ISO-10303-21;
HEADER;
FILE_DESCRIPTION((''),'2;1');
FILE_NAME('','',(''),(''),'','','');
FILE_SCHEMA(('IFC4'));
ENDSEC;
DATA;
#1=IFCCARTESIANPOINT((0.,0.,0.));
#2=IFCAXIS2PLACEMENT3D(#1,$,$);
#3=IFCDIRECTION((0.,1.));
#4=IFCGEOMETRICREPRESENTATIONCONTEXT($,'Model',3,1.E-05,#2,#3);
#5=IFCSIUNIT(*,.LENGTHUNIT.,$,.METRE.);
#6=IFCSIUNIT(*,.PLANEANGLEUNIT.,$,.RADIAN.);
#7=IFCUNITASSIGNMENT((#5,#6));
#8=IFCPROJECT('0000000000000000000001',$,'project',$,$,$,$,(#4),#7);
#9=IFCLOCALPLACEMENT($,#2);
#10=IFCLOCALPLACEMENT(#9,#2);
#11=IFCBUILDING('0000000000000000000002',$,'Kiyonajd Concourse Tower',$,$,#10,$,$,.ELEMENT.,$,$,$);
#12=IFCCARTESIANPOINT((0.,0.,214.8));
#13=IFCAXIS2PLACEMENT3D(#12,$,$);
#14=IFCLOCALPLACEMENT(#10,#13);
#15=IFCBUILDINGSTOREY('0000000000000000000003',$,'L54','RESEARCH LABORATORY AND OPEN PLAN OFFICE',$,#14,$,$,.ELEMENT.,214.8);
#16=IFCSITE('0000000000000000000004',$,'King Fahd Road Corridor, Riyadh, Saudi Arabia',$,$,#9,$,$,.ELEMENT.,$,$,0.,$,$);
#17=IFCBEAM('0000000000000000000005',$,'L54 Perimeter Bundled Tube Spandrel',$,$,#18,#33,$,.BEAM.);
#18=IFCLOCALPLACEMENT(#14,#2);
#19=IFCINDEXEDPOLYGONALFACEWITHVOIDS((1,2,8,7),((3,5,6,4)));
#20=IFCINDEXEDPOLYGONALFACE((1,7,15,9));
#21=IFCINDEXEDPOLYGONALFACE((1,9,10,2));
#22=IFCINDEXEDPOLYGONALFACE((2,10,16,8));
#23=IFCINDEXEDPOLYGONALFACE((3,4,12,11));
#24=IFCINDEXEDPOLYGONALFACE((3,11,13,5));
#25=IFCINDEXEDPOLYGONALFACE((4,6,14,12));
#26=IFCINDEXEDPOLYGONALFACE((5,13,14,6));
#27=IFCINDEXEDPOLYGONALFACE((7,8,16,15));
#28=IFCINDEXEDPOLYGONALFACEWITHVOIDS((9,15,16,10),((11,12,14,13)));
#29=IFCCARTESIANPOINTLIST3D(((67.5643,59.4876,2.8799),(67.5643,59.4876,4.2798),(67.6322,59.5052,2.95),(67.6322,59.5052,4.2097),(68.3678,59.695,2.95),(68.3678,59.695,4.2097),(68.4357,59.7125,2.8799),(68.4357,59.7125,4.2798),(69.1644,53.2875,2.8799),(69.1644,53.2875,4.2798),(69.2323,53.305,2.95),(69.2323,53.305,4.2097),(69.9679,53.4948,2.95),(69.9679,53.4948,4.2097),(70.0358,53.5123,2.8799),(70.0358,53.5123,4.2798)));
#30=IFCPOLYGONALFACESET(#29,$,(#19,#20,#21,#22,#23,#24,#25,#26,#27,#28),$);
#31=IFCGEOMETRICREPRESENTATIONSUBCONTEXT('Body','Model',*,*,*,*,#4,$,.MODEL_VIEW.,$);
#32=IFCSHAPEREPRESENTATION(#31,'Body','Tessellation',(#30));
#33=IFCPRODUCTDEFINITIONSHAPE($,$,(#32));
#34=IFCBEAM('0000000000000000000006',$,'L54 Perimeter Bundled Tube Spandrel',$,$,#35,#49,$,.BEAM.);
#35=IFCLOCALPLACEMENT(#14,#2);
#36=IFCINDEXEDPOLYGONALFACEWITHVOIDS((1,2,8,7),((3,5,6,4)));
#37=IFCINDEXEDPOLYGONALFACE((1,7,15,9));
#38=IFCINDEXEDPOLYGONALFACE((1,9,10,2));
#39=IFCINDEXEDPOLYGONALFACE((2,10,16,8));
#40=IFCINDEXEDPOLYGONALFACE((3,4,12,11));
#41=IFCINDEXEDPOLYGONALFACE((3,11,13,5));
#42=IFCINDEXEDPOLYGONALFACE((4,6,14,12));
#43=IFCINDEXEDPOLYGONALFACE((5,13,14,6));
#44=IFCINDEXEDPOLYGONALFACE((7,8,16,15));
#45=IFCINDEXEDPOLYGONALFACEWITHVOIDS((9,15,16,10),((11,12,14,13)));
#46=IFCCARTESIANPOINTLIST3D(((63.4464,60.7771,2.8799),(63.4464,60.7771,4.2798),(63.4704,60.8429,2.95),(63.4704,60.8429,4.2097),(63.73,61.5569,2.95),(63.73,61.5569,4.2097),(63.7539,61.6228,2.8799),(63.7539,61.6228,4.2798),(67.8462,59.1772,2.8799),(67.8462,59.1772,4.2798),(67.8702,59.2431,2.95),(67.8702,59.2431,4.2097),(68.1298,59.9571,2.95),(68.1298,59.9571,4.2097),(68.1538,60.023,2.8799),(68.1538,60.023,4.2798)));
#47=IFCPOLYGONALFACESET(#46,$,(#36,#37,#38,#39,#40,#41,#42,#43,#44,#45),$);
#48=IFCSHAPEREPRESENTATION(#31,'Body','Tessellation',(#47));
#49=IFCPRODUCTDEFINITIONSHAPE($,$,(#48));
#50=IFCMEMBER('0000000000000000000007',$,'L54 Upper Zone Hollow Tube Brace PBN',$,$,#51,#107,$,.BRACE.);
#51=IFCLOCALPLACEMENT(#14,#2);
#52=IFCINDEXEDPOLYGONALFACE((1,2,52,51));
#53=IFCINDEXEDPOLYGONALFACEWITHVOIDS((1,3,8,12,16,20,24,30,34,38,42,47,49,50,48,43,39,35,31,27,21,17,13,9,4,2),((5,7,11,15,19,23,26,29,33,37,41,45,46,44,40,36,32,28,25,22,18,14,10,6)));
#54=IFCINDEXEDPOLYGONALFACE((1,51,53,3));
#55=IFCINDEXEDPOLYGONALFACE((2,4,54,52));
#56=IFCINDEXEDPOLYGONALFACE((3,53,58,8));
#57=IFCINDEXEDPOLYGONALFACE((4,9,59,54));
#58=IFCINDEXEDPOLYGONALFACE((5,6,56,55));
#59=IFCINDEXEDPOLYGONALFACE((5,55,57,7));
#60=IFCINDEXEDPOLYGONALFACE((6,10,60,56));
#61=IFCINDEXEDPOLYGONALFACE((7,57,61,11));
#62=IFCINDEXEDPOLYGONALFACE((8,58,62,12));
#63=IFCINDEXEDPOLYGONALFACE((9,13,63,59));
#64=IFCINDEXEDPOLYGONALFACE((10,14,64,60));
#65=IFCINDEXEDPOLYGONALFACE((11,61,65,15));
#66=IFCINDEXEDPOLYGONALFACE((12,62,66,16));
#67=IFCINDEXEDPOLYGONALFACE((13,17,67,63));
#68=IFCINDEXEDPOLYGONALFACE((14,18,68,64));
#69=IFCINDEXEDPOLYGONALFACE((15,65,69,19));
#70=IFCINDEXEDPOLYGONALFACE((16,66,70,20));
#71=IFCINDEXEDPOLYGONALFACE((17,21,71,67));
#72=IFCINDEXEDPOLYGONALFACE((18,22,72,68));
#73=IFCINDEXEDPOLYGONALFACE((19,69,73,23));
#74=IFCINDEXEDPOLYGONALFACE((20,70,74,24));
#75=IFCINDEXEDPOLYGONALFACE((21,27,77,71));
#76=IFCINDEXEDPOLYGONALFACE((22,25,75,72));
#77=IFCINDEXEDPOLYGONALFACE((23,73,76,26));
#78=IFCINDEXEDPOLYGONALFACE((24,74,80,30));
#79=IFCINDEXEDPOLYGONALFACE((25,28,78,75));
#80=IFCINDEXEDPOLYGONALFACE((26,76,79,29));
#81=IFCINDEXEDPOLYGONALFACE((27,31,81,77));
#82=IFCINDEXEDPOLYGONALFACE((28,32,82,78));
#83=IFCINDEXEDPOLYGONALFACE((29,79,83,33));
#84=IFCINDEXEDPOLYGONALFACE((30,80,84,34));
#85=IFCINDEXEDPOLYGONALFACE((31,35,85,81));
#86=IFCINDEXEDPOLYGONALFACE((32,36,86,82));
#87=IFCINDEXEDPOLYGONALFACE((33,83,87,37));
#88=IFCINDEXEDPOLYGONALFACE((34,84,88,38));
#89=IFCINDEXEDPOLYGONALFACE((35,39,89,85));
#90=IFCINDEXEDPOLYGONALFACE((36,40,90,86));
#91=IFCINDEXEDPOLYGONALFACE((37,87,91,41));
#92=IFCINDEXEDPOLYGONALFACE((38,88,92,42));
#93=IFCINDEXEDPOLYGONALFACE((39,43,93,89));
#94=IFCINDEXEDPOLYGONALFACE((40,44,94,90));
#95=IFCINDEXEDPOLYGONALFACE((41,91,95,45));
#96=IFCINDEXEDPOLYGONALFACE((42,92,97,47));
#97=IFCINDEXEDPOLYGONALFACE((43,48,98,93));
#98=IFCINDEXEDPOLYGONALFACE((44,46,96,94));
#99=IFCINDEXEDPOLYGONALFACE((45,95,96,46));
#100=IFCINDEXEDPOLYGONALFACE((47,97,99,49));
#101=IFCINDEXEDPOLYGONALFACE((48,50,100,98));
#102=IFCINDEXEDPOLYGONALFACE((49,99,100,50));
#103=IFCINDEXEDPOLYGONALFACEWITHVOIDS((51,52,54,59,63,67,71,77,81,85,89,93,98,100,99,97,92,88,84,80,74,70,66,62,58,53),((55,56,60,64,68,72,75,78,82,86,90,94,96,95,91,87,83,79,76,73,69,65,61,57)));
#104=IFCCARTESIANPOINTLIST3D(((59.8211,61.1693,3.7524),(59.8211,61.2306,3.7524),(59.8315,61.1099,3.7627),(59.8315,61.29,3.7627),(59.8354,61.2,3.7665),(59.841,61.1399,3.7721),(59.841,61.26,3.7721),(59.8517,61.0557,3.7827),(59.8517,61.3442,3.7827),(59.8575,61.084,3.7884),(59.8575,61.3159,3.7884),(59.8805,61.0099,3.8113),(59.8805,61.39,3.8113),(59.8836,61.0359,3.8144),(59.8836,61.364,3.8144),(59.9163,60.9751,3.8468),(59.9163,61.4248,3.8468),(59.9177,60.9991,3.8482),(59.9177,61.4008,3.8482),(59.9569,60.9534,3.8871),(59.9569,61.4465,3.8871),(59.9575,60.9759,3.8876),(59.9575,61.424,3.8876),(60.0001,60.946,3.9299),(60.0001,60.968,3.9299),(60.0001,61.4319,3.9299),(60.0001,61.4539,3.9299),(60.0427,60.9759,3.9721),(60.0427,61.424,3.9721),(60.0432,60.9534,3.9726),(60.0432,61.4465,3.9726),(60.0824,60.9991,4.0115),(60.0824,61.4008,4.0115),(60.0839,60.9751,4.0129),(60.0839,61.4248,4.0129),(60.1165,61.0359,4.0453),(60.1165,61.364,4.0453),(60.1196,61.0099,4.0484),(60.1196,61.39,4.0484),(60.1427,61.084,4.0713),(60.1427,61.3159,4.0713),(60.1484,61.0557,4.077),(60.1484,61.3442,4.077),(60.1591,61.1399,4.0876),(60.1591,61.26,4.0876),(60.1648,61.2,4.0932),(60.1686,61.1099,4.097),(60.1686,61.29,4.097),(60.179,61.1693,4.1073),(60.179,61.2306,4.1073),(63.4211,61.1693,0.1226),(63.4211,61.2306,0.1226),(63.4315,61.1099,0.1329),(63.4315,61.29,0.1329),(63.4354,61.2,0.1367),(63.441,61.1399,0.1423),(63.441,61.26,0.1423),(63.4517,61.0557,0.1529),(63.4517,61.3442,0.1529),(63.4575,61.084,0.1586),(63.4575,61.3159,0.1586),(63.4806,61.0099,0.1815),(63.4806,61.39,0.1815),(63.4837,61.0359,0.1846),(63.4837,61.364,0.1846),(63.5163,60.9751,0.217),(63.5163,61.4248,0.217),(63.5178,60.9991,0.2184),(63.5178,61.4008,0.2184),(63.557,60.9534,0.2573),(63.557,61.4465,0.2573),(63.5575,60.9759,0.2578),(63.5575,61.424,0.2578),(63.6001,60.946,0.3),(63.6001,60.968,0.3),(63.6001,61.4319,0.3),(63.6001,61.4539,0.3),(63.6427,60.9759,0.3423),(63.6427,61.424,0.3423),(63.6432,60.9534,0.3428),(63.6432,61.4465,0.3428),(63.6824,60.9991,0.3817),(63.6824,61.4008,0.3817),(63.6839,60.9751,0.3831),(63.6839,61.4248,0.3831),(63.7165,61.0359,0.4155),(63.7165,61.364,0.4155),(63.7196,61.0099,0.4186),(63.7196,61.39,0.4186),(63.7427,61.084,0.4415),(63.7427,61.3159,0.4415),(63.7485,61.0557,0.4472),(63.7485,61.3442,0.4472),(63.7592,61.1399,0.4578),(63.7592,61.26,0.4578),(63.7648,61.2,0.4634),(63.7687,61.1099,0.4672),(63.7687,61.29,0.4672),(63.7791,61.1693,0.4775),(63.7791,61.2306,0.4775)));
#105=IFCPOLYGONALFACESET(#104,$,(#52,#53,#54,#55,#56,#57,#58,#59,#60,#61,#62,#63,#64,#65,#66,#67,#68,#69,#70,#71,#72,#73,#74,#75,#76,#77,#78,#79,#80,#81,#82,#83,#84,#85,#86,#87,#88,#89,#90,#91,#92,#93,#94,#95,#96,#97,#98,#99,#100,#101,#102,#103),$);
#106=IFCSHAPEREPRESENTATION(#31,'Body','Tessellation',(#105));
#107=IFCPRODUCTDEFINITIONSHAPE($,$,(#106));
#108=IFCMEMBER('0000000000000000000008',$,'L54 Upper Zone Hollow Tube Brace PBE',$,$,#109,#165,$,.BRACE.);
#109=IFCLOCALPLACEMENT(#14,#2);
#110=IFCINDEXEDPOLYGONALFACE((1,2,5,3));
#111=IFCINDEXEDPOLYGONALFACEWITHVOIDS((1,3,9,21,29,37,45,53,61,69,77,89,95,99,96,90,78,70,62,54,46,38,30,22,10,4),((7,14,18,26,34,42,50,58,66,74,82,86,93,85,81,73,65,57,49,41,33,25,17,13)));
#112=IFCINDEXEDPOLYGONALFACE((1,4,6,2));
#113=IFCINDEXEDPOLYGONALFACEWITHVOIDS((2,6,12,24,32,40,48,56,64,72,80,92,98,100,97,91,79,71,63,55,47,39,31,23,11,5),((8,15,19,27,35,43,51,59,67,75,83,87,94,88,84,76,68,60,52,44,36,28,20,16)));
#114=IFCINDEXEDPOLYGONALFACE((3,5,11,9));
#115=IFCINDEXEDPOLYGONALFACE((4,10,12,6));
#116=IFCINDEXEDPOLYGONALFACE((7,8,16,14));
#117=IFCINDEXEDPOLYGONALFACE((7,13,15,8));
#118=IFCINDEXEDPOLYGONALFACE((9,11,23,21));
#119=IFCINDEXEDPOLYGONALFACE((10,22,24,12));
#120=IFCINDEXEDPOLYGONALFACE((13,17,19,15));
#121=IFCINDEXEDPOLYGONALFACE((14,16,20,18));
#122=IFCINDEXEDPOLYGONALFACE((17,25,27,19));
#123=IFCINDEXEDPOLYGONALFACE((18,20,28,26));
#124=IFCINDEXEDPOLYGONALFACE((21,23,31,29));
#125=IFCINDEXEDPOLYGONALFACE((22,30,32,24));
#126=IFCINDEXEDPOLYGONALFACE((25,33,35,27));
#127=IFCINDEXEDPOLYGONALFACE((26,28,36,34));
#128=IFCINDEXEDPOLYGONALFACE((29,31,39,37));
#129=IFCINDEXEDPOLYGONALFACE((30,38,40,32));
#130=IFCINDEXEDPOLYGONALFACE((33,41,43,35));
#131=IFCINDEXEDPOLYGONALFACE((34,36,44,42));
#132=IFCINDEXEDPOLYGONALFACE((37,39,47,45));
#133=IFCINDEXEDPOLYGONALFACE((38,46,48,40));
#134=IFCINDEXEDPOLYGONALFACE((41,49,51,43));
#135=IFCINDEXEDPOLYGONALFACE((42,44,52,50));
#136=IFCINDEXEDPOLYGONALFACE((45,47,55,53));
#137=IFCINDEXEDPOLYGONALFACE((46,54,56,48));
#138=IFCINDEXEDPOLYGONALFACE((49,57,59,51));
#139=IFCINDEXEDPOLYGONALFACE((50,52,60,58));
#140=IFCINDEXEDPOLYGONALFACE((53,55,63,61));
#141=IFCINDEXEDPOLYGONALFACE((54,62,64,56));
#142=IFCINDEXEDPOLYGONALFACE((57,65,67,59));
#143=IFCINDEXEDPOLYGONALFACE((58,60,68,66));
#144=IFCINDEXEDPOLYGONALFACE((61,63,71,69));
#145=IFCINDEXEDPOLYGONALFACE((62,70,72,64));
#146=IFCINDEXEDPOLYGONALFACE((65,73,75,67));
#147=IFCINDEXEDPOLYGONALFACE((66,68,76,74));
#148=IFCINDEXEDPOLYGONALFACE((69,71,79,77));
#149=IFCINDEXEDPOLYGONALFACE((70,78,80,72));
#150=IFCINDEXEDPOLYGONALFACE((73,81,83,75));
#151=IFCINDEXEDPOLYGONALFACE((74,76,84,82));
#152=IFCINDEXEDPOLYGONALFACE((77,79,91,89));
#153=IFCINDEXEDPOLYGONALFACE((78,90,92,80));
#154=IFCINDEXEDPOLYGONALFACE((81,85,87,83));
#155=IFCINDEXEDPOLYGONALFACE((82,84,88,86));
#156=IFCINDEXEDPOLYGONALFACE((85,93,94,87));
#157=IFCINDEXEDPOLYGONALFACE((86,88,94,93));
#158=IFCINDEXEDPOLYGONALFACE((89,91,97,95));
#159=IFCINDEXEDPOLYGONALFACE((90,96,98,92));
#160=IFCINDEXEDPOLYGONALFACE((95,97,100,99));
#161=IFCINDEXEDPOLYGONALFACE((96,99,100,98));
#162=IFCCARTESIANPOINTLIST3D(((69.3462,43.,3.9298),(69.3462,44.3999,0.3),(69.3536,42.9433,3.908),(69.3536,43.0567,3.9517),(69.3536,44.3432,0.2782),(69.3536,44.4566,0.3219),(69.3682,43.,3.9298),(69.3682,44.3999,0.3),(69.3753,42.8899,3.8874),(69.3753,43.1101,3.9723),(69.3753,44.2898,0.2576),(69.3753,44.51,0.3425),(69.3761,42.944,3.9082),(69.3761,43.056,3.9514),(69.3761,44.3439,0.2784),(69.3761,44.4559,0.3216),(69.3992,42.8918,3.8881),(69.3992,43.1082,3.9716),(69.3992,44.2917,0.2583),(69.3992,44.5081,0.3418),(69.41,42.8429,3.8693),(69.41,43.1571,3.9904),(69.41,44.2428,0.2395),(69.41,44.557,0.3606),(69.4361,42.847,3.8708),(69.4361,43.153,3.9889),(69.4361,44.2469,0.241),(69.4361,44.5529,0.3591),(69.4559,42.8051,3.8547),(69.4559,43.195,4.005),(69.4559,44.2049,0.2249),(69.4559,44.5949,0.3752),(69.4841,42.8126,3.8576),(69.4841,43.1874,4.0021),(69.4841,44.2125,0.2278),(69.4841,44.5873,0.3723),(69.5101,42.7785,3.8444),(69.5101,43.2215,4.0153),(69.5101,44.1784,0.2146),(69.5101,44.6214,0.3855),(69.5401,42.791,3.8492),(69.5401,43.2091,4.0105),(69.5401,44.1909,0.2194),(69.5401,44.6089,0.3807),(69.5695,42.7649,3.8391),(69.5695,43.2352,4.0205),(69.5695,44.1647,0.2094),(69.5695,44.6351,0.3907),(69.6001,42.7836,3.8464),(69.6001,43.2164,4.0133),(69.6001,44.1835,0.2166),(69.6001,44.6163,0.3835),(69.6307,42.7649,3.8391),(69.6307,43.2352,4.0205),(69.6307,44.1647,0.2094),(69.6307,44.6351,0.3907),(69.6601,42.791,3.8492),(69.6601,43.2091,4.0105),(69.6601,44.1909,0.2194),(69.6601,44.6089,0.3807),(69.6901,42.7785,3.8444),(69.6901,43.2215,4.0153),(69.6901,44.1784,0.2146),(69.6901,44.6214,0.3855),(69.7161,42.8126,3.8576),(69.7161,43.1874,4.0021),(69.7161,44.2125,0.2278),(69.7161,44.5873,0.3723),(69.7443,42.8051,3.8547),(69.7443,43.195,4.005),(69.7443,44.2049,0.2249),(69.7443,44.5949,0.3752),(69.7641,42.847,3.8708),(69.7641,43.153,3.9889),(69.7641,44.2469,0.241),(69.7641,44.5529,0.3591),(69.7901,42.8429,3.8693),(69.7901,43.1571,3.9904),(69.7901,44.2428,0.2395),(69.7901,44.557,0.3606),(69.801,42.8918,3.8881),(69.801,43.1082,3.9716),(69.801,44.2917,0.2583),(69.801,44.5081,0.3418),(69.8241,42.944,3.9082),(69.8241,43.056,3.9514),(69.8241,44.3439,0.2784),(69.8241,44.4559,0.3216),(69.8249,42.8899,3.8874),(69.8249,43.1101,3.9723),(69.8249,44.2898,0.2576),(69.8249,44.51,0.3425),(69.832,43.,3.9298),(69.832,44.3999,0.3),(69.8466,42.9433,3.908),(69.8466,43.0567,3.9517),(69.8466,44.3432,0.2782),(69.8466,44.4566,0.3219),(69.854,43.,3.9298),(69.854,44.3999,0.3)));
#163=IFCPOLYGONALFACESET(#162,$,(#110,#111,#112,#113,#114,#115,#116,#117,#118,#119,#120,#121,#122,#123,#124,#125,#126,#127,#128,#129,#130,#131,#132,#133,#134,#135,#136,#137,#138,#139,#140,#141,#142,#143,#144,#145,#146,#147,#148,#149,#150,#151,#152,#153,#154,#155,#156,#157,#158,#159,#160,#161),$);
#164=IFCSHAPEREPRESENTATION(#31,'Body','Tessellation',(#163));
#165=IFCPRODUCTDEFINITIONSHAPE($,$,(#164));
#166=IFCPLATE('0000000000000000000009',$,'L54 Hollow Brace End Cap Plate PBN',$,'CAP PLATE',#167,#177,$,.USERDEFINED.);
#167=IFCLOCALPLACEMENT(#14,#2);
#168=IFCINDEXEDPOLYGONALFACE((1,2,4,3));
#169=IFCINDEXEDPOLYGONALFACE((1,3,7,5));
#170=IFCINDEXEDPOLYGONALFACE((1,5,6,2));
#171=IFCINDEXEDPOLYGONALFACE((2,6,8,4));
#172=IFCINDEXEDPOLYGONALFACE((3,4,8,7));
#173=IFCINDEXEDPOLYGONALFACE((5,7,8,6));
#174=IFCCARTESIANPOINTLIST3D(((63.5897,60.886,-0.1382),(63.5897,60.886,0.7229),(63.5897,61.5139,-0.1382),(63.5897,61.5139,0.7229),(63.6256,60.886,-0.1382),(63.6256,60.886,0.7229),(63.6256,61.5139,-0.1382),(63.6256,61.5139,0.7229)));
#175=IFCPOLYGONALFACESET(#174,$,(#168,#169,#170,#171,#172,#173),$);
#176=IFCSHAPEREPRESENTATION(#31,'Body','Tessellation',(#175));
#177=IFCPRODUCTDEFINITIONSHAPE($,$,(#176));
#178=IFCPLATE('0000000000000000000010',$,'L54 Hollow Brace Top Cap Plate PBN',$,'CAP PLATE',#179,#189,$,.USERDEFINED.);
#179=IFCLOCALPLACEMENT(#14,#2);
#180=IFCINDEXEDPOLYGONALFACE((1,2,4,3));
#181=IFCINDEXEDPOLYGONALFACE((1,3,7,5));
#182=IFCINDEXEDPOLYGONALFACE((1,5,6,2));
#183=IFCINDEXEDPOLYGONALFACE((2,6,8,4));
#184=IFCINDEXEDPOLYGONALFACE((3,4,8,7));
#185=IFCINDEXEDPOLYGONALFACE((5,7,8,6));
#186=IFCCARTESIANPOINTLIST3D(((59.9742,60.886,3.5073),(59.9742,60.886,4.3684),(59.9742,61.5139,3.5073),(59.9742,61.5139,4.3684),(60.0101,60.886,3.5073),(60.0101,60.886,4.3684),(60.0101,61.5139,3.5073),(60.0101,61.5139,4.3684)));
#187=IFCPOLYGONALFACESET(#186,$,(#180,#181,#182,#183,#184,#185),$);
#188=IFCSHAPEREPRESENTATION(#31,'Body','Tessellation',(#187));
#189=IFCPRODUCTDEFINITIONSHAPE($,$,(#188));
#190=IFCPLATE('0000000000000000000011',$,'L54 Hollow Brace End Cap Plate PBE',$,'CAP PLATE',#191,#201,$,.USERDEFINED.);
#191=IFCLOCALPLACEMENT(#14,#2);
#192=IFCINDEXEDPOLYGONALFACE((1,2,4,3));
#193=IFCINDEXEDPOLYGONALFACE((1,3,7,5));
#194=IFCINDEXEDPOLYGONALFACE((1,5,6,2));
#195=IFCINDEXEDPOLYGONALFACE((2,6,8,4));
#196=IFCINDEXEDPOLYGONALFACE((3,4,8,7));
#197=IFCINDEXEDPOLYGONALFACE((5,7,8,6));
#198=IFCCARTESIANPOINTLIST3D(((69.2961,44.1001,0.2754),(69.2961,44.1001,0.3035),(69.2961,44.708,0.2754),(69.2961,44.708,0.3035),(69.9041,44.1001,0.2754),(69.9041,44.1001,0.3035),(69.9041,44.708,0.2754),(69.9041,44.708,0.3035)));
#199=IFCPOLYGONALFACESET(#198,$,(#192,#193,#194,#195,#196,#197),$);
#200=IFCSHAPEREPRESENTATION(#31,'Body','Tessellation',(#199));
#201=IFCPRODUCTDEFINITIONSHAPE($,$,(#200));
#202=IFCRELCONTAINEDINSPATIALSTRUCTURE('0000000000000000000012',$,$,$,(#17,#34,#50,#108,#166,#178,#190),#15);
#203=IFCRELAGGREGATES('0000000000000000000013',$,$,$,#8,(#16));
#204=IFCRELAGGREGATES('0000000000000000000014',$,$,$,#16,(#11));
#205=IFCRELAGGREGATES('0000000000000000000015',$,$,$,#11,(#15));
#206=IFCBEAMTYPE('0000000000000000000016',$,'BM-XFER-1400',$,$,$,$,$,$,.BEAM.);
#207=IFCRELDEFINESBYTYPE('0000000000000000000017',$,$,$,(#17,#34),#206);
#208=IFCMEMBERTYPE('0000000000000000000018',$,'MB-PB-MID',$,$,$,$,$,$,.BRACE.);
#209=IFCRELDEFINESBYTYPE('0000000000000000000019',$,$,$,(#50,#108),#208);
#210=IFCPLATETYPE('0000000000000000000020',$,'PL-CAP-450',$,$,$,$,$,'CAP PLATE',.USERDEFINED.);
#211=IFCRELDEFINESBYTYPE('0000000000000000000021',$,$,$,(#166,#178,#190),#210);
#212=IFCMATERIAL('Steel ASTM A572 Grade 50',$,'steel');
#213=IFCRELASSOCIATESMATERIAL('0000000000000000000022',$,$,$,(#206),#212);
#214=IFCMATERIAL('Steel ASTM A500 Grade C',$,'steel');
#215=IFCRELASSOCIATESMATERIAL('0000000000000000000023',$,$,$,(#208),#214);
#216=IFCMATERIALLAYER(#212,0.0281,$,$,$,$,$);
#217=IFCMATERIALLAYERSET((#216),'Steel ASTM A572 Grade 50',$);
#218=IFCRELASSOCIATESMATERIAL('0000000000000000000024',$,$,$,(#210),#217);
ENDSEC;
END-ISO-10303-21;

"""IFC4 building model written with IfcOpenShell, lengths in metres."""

from ifc_helpers import new_model, si_unit, direction, frame, origin, origin_2d, place, context, subcontext, project, spatial, rectangle, hollow_rectangle, hollow_circle, extrude, material, layer, layer_set, material_profile, profile_set, type_object, element, save


model = new_model("IFC4")

# Units and contexts
model_context = context("Model", 3, precision=1e-05, world=origin(), true_north=direction((0.0, 1.0)))
body_context = subcontext(model_context, "Body", "Model", "MODEL_VIEW")
ifc_project = project(units=[si_unit("LENGTHUNIT", "METRE"), si_unit("PLANEANGLEUNIT", "RADIAN")], contexts=[model_context])

# Site, building, storey
site_placement = place(None, origin())
site = spatial("IfcSite", under=ifc_project, at=site_placement, Name="King Fahd Road Corridor, Riyadh, Saudi Arabia", CompositionType="ELEMENT", RefElevation=0.0)
building_placement = place(site_placement, origin())
building = spatial("IfcBuilding", under=site, at=building_placement, Name="Kiyonajd Concourse Tower", CompositionType="ELEMENT")
storey_placement = place(building_placement, frame((0.0, 0.0, 214.8)))
storey = spatial("IfcBuildingStorey", under=building, at=storey_placement, Name="L54", Description="RESEARCH LABORATORY AND OPEN PLAN OFFICE", CompositionType="ELEMENT", Elevation=214.8)

# Beams
ifc_material_1 = material(Name="Steel ASTM A572 Grade 50", Category="steel")
ifc_material_profile_1 = material_profile(ifc_material_1, hollow_rectangle(XDim=0.8999, YDim=1.3999, WallThickness=0.0701, at=origin_2d()), Name="BOX-1400x900x70")
ifc_profile_set_1 = profile_set([ifc_material_profile_1], Name="Steel ASTM A572 Grade 50")
beam_type_1 = type_object("IfcBeamType", Name="BM-XFER-1400", PredefinedType="BEAM", material=ifc_profile_set_1)
beam_1_placement = place(storey_placement, frame((69.6001, 53.3999, 3.5798), z_axis=(-0.249885, 0.968276, 0.0), x_axis=(-0.968276, -0.249885, 0.0)))
element("IfcBeam", 1, at=beam_1_placement, inside=storey, type_object=beam_type_1, Name="L54 Perimeter Bundled Tube Spandrel", PredefinedType="BEAM", context=body_context, shape_type="SweptSolid", body=[
    extrude(hollow_rectangle(XDim=0.8999, YDim=1.3999, WallThickness=0.0701, at=origin_2d()), origin(), (0.0, 0.0, 1.0), 6.4033),
])
beam_2_placement = place(storey_placement, frame((68.0, 59.6001, 3.5798), z_axis=(-0.939801, 0.341722, 0.0), x_axis=(-0.341722, -0.939801, 0.0)))
element("IfcBeam", 2, at=beam_2_placement, inside=storey, type_object=beam_type_1, Name="L54 Perimeter Bundled Tube Spandrel", PredefinedType="BEAM", context=body_context, shape_type="SweptSolid", body=[
    extrude(hollow_rectangle(XDim=0.8999, YDim=1.3999, WallThickness=0.0701, at=origin_2d()), origin(), (0.0, 0.0, 1.0), 4.6816),
])

# Members
ifc_material_2 = material(Name="Steel ASTM A500 Grade C", Category="steel")
ifc_material_profile_2 = material_profile(ifc_material_2, hollow_circle(Radius=0.2539, WallThickness=0.022, at=origin_2d()), Name="CHS-508x22")
ifc_profile_set_2 = profile_set([ifc_material_profile_2], Name="Steel ASTM A500 Grade C")
member_type = type_object("IfcMemberType", Name="MB-PB-MID", PredefinedType="BRACE", material=ifc_profile_set_2)
member_1_placement = place(storey_placement, frame((63.6001, 61.2, 0.3), z_axis=(-0.704188, 0.0, 0.710014), x_axis=(0.0, -1.0, 0.0)))
element("IfcMember", 3, at=member_1_placement, inside=storey, type_object=member_type, Name="L54 Upper Zone Hollow Tube Brace PBN", PredefinedType="BRACE", context=body_context, shape_type="SweptSolid", body=[
    extrude(hollow_circle(Radius=0.2539, WallThickness=0.022, at=origin_2d()), origin(), (0.0, 0.0, 1.0), 5.1123),
])
member_2_placement = place(storey_placement, frame((69.6001, 44.3999, 0.3), z_axis=(0.0, -0.359828, 0.933019), x_axis=(1.0, 0.0, 0.0)))
element("IfcMember", 4, at=member_2_placement, inside=storey, type_object=member_type, Name="L54 Upper Zone Hollow Tube Brace PBE", PredefinedType="BRACE", context=body_context, shape_type="SweptSolid", body=[
    extrude(hollow_circle(Radius=0.2539, WallThickness=0.022, at=origin_2d()), origin(), (0.0, 0.0, 1.0), 3.8904),
])

# Plates
ifc_layer_1 = layer(ifc_material_1, 0.0281)
ifc_layer_set_1 = layer_set([ifc_layer_1], Name="Steel ASTM A572 Grade 50")
plate_type_1 = type_object("IfcPlateType", Name="PL-CAP-450", ElementType="CAP PLATE", PredefinedType="USERDEFINED", material=ifc_layer_set_1)
for number, where, z_axis, x_axis, name in (
    (5, (63.6077, 61.2, -0.1382), (0.0, 0.0, 1.0), (1.0, 0.0, 0.0), "L54 Hollow Brace End Cap Plate PBN"),
    (6, (59.9922, 61.2, 3.5073), (0.0, 0.0, 1.0), (-1.0, 0.0, 0.0), "L54 Hollow Brace Top Cap Plate PBN"),
):
    element("IfcPlate", number, at=place(storey_placement, frame(where, z_axis=z_axis, x_axis=x_axis)), inside=storey, type_object=plate_type_1, Name=name, ObjectType="CAP PLATE", PredefinedType="USERDEFINED", context=body_context, shape_type="SweptSolid", body=[
        extrude(rectangle(XDim=0.0359, YDim=0.6279, at=origin_2d()), origin(), (0.0, 0.0, 1.0), 0.8611),
    ])
plate_placement = place(storey_placement, frame((69.6001, 44.4041, 0.2754), z_axis=(0.0, 0.0, 1.0), x_axis=(1.0, 0.0, 0.0)))
element("IfcPlate", 7, at=plate_placement, inside=storey, type_object=plate_type_1, Name="L54 Hollow Brace End Cap Plate PBE", ObjectType="CAP PLATE", PredefinedType="USERDEFINED", context=body_context, shape_type="SweptSolid", body=[
    extrude(rectangle(XDim=0.6079, YDim=0.6079, at=origin_2d()), origin(), (0.0, 0.0, 1.0), 0.0281),
])

save(model, "model.ifc")
